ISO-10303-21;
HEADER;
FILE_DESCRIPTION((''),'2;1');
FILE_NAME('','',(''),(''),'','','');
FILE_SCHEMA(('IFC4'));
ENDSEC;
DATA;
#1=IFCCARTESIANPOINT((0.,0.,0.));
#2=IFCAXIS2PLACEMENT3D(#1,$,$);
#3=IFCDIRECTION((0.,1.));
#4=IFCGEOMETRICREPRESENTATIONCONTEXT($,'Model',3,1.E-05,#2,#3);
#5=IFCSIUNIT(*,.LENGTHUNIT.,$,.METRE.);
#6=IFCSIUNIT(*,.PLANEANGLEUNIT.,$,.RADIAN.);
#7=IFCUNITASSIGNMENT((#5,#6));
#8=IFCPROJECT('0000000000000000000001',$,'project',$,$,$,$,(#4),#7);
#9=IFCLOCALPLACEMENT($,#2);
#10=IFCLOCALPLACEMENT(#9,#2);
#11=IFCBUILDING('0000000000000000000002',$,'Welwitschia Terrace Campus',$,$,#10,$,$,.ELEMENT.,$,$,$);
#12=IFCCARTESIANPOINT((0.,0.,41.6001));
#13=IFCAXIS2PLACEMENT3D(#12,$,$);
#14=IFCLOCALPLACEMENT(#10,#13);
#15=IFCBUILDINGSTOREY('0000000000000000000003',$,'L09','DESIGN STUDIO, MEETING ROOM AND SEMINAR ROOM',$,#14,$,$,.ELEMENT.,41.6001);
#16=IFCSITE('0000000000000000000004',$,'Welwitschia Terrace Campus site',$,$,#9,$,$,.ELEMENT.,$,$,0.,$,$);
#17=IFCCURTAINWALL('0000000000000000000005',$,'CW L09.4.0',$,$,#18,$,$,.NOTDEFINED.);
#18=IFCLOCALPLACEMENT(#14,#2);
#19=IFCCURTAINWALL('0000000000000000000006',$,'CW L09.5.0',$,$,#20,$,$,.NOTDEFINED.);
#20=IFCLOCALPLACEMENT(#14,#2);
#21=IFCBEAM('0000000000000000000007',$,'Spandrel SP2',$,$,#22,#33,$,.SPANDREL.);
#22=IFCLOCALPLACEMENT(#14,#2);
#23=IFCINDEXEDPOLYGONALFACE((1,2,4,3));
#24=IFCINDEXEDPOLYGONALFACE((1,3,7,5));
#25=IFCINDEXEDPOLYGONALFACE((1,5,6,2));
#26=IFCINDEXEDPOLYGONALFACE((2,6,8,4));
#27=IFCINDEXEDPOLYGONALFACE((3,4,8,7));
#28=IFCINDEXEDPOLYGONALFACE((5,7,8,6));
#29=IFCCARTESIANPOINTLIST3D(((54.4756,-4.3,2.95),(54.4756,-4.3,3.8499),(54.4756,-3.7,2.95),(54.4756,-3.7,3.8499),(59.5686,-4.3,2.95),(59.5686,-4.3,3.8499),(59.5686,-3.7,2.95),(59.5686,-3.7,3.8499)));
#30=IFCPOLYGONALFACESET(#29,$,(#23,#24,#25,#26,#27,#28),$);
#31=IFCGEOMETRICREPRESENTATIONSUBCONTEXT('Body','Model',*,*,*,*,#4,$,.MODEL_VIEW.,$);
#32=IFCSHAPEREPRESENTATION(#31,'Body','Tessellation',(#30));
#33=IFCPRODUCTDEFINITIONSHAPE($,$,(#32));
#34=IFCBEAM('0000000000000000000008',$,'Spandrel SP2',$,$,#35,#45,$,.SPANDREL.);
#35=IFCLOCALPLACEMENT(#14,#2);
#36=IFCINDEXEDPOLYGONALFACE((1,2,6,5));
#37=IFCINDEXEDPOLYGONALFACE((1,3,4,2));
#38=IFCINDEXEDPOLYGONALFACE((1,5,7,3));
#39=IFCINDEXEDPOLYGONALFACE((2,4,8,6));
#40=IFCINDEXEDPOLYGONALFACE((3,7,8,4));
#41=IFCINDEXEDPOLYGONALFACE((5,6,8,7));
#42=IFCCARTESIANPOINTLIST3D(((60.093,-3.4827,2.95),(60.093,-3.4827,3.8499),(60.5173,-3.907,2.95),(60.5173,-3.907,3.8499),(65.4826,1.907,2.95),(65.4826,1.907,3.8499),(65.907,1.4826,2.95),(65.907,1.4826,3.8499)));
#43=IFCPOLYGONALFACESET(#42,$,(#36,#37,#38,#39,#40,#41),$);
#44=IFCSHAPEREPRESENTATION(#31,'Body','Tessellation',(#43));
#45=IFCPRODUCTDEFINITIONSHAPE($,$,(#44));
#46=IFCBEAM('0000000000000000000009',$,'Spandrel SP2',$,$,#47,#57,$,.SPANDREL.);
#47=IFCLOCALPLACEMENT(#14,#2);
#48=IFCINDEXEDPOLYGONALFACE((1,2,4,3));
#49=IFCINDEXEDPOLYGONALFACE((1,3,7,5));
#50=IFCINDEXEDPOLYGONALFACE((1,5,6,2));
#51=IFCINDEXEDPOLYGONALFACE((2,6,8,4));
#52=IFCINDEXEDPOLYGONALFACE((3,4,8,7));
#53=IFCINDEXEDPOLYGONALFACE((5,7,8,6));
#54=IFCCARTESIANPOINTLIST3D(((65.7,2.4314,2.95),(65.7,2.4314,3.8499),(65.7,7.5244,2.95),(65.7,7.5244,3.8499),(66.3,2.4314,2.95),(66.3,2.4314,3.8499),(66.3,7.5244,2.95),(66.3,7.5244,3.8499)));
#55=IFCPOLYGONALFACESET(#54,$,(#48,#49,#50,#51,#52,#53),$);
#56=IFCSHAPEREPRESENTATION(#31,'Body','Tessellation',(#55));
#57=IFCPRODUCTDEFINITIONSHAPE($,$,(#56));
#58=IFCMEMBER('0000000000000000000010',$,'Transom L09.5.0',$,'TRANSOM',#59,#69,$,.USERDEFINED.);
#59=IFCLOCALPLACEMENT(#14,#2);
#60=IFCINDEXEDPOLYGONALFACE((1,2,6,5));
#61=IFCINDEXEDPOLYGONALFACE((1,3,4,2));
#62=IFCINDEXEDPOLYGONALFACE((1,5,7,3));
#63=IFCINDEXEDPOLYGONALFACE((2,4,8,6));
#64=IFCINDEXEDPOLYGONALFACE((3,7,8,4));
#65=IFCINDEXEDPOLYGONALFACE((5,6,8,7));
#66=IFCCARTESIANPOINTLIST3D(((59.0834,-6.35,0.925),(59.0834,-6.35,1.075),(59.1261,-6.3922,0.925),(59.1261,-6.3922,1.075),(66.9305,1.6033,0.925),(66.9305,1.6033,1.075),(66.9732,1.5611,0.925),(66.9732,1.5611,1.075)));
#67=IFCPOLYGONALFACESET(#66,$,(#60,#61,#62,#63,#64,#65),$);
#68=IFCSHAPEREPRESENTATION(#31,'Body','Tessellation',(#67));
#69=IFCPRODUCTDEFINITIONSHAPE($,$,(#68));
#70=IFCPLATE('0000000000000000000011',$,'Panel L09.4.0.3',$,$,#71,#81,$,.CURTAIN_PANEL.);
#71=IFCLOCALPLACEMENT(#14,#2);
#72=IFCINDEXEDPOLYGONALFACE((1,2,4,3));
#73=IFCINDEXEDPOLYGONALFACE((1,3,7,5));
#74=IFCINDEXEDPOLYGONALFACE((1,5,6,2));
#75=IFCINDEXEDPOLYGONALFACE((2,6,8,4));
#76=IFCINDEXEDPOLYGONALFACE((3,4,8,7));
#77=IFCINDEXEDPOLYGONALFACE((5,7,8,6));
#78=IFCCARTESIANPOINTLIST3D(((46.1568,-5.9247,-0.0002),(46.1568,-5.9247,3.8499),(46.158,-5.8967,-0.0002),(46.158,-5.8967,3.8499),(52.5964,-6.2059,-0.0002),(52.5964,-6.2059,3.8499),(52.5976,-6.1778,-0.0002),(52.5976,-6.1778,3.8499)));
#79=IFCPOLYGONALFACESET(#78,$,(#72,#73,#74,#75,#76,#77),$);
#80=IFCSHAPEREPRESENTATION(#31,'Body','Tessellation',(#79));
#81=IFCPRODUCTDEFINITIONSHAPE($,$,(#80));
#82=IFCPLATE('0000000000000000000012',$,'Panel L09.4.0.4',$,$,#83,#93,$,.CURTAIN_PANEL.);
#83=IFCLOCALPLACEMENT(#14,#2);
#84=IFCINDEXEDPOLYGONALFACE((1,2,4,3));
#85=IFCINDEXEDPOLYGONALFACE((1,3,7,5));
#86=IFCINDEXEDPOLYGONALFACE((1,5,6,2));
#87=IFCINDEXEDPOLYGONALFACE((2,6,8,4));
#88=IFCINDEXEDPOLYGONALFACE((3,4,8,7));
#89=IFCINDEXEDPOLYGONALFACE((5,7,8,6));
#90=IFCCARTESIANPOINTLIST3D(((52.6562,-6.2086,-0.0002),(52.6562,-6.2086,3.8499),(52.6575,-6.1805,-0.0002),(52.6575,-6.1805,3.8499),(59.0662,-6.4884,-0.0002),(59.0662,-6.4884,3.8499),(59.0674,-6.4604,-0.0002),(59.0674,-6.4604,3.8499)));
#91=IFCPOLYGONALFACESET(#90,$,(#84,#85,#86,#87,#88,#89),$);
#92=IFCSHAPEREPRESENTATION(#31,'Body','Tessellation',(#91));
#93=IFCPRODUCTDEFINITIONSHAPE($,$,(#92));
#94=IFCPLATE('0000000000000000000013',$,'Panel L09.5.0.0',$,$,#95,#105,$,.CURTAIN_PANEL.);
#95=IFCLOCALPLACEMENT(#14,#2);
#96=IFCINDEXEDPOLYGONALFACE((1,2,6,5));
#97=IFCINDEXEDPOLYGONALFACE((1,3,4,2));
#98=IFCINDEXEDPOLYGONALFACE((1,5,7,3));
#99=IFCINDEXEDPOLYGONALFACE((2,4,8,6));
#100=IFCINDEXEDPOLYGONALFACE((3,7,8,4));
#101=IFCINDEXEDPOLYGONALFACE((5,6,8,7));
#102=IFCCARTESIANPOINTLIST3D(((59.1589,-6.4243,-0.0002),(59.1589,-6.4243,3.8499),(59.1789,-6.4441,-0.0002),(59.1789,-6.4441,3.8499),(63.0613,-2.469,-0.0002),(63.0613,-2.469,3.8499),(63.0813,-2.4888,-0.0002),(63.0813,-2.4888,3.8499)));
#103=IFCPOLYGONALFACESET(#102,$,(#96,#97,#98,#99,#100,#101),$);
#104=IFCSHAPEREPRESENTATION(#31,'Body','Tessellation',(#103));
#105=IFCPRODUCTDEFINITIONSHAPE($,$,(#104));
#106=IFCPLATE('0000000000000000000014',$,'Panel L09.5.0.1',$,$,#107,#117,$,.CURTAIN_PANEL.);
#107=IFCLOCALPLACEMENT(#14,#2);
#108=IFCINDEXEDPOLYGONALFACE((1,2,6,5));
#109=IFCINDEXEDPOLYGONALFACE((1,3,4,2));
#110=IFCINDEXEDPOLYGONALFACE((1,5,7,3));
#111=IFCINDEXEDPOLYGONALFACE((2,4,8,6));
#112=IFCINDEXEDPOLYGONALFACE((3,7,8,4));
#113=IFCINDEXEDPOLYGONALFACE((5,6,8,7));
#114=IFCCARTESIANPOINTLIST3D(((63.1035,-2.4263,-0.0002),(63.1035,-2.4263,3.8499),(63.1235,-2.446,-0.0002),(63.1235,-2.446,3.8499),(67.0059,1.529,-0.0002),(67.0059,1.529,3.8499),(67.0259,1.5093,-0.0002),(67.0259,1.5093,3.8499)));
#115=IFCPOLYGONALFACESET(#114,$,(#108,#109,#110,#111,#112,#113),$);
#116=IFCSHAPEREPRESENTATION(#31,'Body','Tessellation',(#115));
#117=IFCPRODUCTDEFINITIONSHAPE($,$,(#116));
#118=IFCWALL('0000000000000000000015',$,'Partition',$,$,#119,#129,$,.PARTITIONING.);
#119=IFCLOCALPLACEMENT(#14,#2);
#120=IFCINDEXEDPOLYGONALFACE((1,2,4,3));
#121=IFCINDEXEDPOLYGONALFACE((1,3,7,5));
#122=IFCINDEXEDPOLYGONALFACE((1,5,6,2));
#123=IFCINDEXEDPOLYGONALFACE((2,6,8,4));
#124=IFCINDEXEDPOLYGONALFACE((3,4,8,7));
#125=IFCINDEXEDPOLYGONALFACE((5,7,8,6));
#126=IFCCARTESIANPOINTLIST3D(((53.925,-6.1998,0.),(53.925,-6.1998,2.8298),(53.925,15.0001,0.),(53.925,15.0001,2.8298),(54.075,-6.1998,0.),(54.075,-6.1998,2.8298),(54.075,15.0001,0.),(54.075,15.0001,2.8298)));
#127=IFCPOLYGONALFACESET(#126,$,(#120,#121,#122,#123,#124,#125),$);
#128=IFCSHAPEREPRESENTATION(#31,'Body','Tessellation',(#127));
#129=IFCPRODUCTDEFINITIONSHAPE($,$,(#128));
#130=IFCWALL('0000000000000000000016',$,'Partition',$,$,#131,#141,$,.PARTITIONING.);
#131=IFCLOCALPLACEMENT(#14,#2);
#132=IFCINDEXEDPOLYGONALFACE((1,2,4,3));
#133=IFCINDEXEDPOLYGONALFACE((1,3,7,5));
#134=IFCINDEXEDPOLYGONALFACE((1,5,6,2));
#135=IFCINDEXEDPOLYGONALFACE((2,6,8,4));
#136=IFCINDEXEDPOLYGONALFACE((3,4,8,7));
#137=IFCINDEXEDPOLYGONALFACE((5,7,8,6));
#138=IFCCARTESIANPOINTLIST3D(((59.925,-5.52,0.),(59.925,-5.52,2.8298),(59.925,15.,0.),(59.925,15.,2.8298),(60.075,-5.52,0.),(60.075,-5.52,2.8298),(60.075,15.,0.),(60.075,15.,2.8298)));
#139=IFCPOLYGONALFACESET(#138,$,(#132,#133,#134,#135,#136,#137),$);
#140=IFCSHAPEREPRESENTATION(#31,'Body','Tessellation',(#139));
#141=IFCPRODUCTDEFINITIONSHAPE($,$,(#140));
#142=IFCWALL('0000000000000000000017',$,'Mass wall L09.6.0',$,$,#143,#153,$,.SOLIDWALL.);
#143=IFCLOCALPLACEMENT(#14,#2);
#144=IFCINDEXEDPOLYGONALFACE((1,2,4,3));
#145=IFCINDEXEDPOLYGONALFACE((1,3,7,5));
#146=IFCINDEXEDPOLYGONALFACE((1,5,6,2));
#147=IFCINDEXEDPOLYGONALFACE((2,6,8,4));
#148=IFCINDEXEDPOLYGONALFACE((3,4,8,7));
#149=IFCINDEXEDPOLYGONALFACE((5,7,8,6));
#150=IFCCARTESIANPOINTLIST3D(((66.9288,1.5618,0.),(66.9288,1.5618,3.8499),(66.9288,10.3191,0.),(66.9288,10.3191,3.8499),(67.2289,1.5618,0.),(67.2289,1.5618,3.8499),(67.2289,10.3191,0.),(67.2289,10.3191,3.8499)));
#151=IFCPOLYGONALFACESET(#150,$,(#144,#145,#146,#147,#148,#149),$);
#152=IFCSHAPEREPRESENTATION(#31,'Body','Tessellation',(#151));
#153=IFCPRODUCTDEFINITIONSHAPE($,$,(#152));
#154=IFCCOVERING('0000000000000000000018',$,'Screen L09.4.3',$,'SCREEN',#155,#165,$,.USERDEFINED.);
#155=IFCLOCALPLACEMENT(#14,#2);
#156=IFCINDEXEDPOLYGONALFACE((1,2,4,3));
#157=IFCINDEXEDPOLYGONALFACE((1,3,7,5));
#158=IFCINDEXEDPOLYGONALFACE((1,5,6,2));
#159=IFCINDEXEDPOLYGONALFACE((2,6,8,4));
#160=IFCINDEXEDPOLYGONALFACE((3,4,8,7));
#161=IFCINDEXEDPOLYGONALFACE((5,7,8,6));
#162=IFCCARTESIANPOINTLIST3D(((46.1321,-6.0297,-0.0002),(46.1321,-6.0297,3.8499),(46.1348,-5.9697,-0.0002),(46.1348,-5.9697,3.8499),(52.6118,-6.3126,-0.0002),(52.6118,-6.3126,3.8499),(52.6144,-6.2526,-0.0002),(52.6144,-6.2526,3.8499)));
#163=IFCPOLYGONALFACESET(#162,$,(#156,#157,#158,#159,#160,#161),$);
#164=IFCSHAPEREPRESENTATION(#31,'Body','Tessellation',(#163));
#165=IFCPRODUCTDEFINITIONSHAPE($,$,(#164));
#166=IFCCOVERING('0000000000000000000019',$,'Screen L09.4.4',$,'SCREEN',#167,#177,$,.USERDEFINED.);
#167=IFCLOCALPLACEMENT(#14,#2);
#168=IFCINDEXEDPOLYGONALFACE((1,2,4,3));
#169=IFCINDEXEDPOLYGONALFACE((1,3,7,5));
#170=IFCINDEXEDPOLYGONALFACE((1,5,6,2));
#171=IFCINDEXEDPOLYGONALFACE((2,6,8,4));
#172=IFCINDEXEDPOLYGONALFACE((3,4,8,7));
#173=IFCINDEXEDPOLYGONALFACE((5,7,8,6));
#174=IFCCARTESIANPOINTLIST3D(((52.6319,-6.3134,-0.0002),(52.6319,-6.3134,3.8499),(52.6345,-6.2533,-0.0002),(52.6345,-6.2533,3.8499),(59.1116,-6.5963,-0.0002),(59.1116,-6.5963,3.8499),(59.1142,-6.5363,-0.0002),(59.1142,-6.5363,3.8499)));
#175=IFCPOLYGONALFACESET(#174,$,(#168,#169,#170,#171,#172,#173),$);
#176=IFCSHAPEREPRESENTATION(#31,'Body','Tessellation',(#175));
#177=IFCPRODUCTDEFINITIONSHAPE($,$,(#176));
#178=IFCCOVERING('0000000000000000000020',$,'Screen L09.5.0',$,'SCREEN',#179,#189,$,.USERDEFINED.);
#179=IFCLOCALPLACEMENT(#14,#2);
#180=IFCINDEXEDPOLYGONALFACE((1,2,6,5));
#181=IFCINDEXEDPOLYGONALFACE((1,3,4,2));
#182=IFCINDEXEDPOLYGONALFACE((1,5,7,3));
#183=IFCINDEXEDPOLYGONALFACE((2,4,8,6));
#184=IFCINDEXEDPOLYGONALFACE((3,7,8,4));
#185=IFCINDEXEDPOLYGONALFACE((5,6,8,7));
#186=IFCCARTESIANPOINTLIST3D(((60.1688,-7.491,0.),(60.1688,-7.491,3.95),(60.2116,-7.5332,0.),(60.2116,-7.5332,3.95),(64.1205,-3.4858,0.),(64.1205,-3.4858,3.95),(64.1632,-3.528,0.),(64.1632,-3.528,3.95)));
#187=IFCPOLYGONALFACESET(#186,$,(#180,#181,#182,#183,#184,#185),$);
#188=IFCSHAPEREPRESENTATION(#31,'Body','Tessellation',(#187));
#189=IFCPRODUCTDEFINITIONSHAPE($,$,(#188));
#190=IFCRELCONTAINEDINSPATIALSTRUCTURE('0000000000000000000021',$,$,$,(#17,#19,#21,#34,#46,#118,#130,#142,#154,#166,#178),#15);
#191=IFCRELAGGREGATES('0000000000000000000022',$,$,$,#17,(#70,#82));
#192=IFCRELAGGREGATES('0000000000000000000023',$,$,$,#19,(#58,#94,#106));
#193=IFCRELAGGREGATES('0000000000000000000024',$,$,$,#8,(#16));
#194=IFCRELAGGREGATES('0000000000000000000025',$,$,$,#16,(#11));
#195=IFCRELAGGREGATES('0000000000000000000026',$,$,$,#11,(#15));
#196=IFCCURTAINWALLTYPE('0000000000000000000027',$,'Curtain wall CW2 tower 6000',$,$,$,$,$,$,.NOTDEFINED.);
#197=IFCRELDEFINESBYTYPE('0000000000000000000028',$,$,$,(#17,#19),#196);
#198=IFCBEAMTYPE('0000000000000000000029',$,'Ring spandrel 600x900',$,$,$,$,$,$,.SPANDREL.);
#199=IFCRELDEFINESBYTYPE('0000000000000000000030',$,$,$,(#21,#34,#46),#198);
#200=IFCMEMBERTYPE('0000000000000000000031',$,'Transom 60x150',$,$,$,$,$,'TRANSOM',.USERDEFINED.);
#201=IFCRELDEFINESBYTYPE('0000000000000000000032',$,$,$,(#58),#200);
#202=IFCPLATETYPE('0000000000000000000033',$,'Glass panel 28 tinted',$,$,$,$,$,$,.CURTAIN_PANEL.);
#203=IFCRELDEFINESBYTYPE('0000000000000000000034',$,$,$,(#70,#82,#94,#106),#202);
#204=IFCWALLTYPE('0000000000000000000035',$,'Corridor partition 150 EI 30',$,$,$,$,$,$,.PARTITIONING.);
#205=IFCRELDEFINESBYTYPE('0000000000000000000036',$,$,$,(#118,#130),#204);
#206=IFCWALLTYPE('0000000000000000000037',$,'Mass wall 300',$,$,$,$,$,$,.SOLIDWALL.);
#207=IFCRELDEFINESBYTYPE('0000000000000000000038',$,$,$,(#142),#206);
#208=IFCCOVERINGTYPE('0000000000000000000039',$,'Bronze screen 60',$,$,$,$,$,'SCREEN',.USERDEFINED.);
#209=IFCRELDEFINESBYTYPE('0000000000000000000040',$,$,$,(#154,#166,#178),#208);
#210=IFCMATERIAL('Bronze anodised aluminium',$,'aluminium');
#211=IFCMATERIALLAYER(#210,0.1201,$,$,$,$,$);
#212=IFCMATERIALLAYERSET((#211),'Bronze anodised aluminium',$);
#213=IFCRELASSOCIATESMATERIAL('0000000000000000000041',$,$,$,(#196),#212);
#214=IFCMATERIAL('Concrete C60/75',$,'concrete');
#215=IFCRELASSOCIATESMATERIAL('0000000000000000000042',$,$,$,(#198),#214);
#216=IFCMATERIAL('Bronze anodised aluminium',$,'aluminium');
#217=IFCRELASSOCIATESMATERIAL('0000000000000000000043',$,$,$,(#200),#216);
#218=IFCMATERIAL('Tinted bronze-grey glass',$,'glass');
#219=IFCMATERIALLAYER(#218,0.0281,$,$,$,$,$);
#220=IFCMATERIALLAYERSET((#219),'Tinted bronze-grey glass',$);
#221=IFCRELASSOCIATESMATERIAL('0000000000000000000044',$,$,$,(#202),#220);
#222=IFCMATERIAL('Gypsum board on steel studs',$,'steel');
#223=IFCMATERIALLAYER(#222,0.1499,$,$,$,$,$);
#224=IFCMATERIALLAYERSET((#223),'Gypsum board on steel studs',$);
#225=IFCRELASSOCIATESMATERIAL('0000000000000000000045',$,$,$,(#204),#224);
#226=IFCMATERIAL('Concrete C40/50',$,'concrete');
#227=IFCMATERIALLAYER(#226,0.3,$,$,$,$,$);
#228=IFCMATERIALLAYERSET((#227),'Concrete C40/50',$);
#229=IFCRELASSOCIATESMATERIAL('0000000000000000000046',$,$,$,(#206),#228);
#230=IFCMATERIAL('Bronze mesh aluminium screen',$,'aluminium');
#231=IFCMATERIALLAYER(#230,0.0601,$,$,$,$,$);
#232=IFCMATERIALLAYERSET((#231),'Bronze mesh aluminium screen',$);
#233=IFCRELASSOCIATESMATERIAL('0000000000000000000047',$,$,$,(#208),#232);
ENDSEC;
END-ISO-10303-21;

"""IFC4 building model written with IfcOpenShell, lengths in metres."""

from ifc_helpers import new_model, si_unit, direction, frame, frame_2d, origin, origin_2d, place, context, subcontext, project, spatial, rectangle, extrude, material, layer, layer_set, material_profile, profile_set, type_object, element, aggregate, save


model = new_model("IFC4")

# Units and contexts
model_context = context("Model", 3, precision=1e-05, world=origin(), true_north=direction((0.0, 1.0)))
body_context = subcontext(model_context, "Body", "Model", "MODEL_VIEW")
ifc_project = project(units=[si_unit("LENGTHUNIT", "METRE"), si_unit("PLANEANGLEUNIT", "RADIAN")], contexts=[model_context])

# Site, building, storey
site_placement = place(None, origin())
site = spatial("IfcSite", under=ifc_project, at=site_placement, Name="Welwitschia Terrace Campus site", CompositionType="ELEMENT", RefElevation=0.0)
building_placement = place(site_placement, origin())
building = spatial("IfcBuilding", under=site, at=building_placement, Name="Welwitschia Terrace Campus", CompositionType="ELEMENT")
storey_placement = place(building_placement, frame((0.0, 0.0, 41.6001)))
storey = spatial("IfcBuildingStorey", under=building, at=storey_placement, Name="L09", Description="DESIGN STUDIO, MEETING ROOM AND SEMINAR ROOM", CompositionType="ELEMENT", Elevation=41.6001)

# Curtain walls
ifc_material_1 = material(Name="Bronze anodised aluminium", Category="aluminium")
ifc_layer_1 = layer(ifc_material_1, 0.1201)
ifc_layer_set_1 = layer_set([ifc_layer_1], Name="Bronze anodised aluminium")
curtain_wall_type = type_object("IfcCurtainWallType", Name="Curtain wall CW2 tower 6000", PredefinedType="NOTDEFINED", material=ifc_layer_set_1)
curtain_wall_1_placement = place(storey_placement, origin())
curtain_wall_1 = element("IfcCurtainWall", 1, at=curtain_wall_1_placement, inside=storey, type_object=curtain_wall_type, Name="CW L09.4.0", PredefinedType="NOTDEFINED")
curtain_wall_2_placement = place(storey_placement, origin())
curtain_wall_2 = element("IfcCurtainWall", 2, at=curtain_wall_2_placement, inside=storey, type_object=curtain_wall_type, Name="CW L09.5.0", PredefinedType="NOTDEFINED")

# Beams
ifc_material_2 = material(Name="Concrete C60/75", Category="concrete")
ifc_material_profile_1 = material_profile(ifc_material_2, rectangle(XDim=0.6001, YDim=0.8999, at=origin_2d()))
ifc_profile_set_1 = profile_set([ifc_material_profile_1], Name="Concrete C60/75")
beam_type = type_object("IfcBeamType", Name="Ring spandrel 600x900", PredefinedType="SPANDREL", material=ifc_profile_set_1)
beam_1_placement = place(storey_placement, frame((54.4756, -4.0, 3.3999), z_axis=(1.0, 0.0, 0.0), x_axis=(0.0, 1.0, 0.0)))
element("IfcBeam", 3, at=beam_1_placement, inside=storey, type_object=beam_type, Name="Spandrel SP2", PredefinedType="SPANDREL", context=body_context, shape_type="SweptSolid", body=[
    extrude(rectangle(XDim=0.6001, YDim=0.8999, at=origin_2d()), origin(), (0.0, 0.0, 1.0), 5.093),
])
beam_2_placement = place(storey_placement, frame((60.3052, -3.6948, 3.3999), z_axis=(0.707107, 0.707107, 0.0), x_axis=(-0.707107, 0.707107, 0.0)))
element("IfcBeam", 4, at=beam_2_placement, inside=storey, type_object=beam_type, Name="Spandrel SP2", PredefinedType="SPANDREL", context=body_context, shape_type="SweptSolid", body=[
    extrude(rectangle(XDim=0.6001, YDim=0.8999, at=origin_2d()), origin(), (0.0, 0.0, 1.0), 7.6221),
])
beam_3_placement = place(storey_placement, frame((66.0, 2.4314, 3.3999), z_axis=(0.0, 1.0, 0.0), x_axis=(-1.0, 0.0, 0.0)))
element("IfcBeam", 5, at=beam_3_placement, inside=storey, type_object=beam_type, Name="Spandrel SP2", PredefinedType="SPANDREL", context=body_context, shape_type="SweptSolid", body=[
    extrude(rectangle(XDim=0.6001, YDim=0.8999, at=origin_2d()), origin(), (0.0, 0.0, 1.0), 5.093),
])

# Member
ifc_material_3 = material(Name="Bronze anodised aluminium", Category="aluminium")
ifc_material_profile_2 = material_profile(ifc_material_3, rectangle(XDim=0.0601, YDim=0.1499, at=origin_2d()))
ifc_profile_set_2 = profile_set([ifc_material_profile_2], Name="Bronze anodised aluminium")
member_type_1 = type_object("IfcMemberType", Name="Transom 60x150", ElementType="TRANSOM", PredefinedType="USERDEFINED", material=ifc_profile_set_2)
member_1_placement = place(storey_placement, frame((59.1047, -6.3711, 1.0), z_axis=(0.702338, 0.711843, 0.0), x_axis=(-0.711843, 0.702338, 0.0)))
member_1 = element("IfcMember", 6, at=member_1_placement, type_object=member_type_1, Name="Transom L09.5.0", ObjectType="TRANSOM", PredefinedType="USERDEFINED", context=body_context, shape_type="SweptSolid", body=[
    extrude(rectangle(XDim=0.0601, YDim=0.1499, at=origin_2d()), origin(), (0.0, 0.0, 1.0), 11.1729),
])

# Plates
ifc_material_4 = material(Name="Tinted bronze-grey glass", Category="glass")
ifc_layer_2 = layer(ifc_material_4, 0.0281)
ifc_layer_set_2 = layer_set([ifc_layer_2], Name="Tinted bronze-grey glass")
plate_type = type_object("IfcPlateType", Name="Glass panel 28 tinted", PredefinedType="CURTAIN_PANEL", material=ifc_layer_set_2)
plate_1_placement = place(storey_placement, frame((49.3772, -6.0513, -0.0002), z_axis=(0.0, 0.0, 1.0), x_axis=(0.999048, -0.043619, 0.0)))
plate_1 = element("IfcPlate", 7, at=plate_1_placement, type_object=plate_type, Name="Panel L09.4.0.3", PredefinedType="CURTAIN_PANEL", context=body_context, shape_type="SweptSolid", body=[
    extrude(rectangle(XDim=6.4458, YDim=0.0281, at=origin_2d()), origin(), (0.0, 0.0, 1.0), 3.8501),
])
plate_2_placement = place(storey_placement, frame((55.8618, -6.3345, -0.0002), z_axis=(0.0, 0.0, 1.0), x_axis=(0.999048, -0.043619, 0.0)))
plate_2 = element("IfcPlate", 8, at=plate_2_placement, type_object=plate_type, Name="Panel L09.4.0.4", PredefinedType="CURTAIN_PANEL", context=body_context, shape_type="SweptSolid", body=[
    extrude(rectangle(XDim=6.416, YDim=0.0281, at=origin_2d()), origin(), (0.0, 0.0, 1.0), 3.8501),
])
aggregate(curtain_wall_1, [plate_1, plate_2])
plate_3_placement = place(storey_placement, frame((61.1201, -4.4565, -0.0002), z_axis=(0.0, 0.0, 1.0), x_axis=(0.702335, 0.711847, 0.0)))
plate_3 = element("IfcPlate", 9, at=plate_3_placement, type_object=plate_type, Name="Panel L09.5.0.0", PredefinedType="CURTAIN_PANEL", context=body_context, shape_type="SweptSolid", body=[
    extrude(rectangle(XDim=5.5564, YDim=0.0281, at=origin_2d()), origin(), (0.0, 0.0, 1.0), 3.8501),
])
plate_4_placement = place(storey_placement, frame((65.0647, -0.4585, -0.0002), z_axis=(0.0, 0.0, 1.0), x_axis=(0.702335, 0.711847, 0.0)))
plate_4 = element("IfcPlate", 10, at=plate_4_placement, type_object=plate_type, Name="Panel L09.5.0.1", PredefinedType="CURTAIN_PANEL", context=body_context, shape_type="SweptSolid", body=[
    extrude(rectangle(XDim=5.5564, YDim=0.0281, at=origin_2d()), origin(), (0.0, 0.0, 1.0), 3.8501),
])
aggregate(curtain_wall_2, [member_1, plate_3, plate_4])

# Walls
ifc_material_5 = material(Name="Gypsum board on steel studs", Category="steel")
ifc_layer_3 = layer(ifc_material_5, 0.1499)
ifc_layer_set_3 = layer_set([ifc_layer_3], Name="Gypsum board on steel studs")
wall_type_1 = type_object("IfcWallType", Name="Corridor partition 150 EI 30", PredefinedType="PARTITIONING", material=ifc_layer_set_3)
wall_1_placement = place(storey_placement, frame((54.0, -6.2, 0.0), z_axis=(0.0, 0.0, 1.0), x_axis=(0.0, 1.0, 0.0)))
element("IfcWall", 11, at=wall_1_placement, inside=storey, type_object=wall_type_1, Name="Partition", PredefinedType="PARTITIONING", context=body_context, shape_type="SweptSolid", body=[
    extrude(rectangle(XDim=21.2, YDim=0.1499, at=frame_2d((10.6001, 0.0))), origin(), (0.0, 0.0, 1.0), 2.8298),
])
wall_2_placement = place(storey_placement, frame((60.0, -5.52, 0.0), z_axis=(0.0, 0.0, 1.0), x_axis=(0.0, 1.0, 0.0)))
element("IfcWall", 12, at=wall_2_placement, inside=storey, type_object=wall_type_1, Name="Partition", PredefinedType="PARTITIONING", context=body_context, shape_type="SweptSolid", body=[
    extrude(rectangle(XDim=20.52, YDim=0.1499, at=frame_2d((10.26, 0.0))), origin(), (0.0, 0.0, 1.0), 2.8298),
])
ifc_material_6 = material(Name="Concrete C40/50", Category="concrete")
ifc_layer_4 = layer(ifc_material_6, 0.3)
ifc_layer_set_4 = layer_set([ifc_layer_4], Name="Concrete C40/50")
wall_type_2 = type_object("IfcWallType", Name="Mass wall 300", PredefinedType="SOLIDWALL", material=ifc_layer_set_4)
wall_3_placement = place(storey_placement, frame((67.0789, 1.5618, 0.0), z_axis=(0.0, 0.0, 1.0), x_axis=(0.0, 1.0, 0.0)))
element("IfcWall", 13, at=wall_3_placement, inside=storey, type_object=wall_type_2, Name="Mass wall L09.6.0", PredefinedType="SOLIDWALL", context=body_context, shape_type="SweptSolid", body=[
    extrude(rectangle(XDim=8.7573, YDim=0.3, at=frame_2d((4.3787, 0.0))), origin(), (0.0, 0.0, 1.0), 3.8499),
])

# Coverings
ifc_material_7 = material(Name="Bronze mesh aluminium screen", Category="aluminium")
ifc_layer_5 = layer(ifc_material_7, 0.0601)
ifc_layer_set_5 = layer_set([ifc_layer_5], Name="Bronze mesh aluminium screen")
covering_type = type_object("IfcCoveringType", Name="Bronze screen 60", ElementType="SCREEN", PredefinedType="USERDEFINED", material=ifc_layer_set_5)
for number, where, z_axis, x_axis, name in (
    (14, (49.3733, -6.1411, -0.0002), (0.0, 0.0, 1.0), (0.999048, -0.043619, 0.0), "Screen L09.4.3"),
    (15, (55.873, -6.4248, -0.0002), (0.0, 0.0, 1.0), (0.999048, -0.043619, 0.0), "Screen L09.4.4"),
):
    element("IfcCovering", number, at=place(storey_placement, frame(where, z_axis=z_axis, x_axis=x_axis)), inside=storey, type_object=covering_type, Name=name, ObjectType="SCREEN", PredefinedType="USERDEFINED", context=body_context, shape_type="SweptSolid", body=[
        extrude(rectangle(XDim=6.4858, YDim=0.0601, at=origin_2d()), origin(), (0.0, 0.0, 1.0), 3.8501),
    ])
for number, where, z_axis, x_axis, name in (
    (16, (62.166, -5.5095, 0.0), (0.0, 0.0, 1.0), (0.702335, 0.711847, 0.0), "Screen L09.5.0"),
):
    element("IfcCovering", number, at=place(storey_placement, frame(where, z_axis=z_axis, x_axis=x_axis)), inside=storey, type_object=covering_type, Name=name, ObjectType="SCREEN", PredefinedType="USERDEFINED", context=body_context, shape_type="SweptSolid", body=[
        extrude(rectangle(XDim=5.6265, YDim=0.0601, at=origin_2d()), origin(), (0.0, 0.0, 1.0), 3.95),
    ])

save(model, "model.ifc")
